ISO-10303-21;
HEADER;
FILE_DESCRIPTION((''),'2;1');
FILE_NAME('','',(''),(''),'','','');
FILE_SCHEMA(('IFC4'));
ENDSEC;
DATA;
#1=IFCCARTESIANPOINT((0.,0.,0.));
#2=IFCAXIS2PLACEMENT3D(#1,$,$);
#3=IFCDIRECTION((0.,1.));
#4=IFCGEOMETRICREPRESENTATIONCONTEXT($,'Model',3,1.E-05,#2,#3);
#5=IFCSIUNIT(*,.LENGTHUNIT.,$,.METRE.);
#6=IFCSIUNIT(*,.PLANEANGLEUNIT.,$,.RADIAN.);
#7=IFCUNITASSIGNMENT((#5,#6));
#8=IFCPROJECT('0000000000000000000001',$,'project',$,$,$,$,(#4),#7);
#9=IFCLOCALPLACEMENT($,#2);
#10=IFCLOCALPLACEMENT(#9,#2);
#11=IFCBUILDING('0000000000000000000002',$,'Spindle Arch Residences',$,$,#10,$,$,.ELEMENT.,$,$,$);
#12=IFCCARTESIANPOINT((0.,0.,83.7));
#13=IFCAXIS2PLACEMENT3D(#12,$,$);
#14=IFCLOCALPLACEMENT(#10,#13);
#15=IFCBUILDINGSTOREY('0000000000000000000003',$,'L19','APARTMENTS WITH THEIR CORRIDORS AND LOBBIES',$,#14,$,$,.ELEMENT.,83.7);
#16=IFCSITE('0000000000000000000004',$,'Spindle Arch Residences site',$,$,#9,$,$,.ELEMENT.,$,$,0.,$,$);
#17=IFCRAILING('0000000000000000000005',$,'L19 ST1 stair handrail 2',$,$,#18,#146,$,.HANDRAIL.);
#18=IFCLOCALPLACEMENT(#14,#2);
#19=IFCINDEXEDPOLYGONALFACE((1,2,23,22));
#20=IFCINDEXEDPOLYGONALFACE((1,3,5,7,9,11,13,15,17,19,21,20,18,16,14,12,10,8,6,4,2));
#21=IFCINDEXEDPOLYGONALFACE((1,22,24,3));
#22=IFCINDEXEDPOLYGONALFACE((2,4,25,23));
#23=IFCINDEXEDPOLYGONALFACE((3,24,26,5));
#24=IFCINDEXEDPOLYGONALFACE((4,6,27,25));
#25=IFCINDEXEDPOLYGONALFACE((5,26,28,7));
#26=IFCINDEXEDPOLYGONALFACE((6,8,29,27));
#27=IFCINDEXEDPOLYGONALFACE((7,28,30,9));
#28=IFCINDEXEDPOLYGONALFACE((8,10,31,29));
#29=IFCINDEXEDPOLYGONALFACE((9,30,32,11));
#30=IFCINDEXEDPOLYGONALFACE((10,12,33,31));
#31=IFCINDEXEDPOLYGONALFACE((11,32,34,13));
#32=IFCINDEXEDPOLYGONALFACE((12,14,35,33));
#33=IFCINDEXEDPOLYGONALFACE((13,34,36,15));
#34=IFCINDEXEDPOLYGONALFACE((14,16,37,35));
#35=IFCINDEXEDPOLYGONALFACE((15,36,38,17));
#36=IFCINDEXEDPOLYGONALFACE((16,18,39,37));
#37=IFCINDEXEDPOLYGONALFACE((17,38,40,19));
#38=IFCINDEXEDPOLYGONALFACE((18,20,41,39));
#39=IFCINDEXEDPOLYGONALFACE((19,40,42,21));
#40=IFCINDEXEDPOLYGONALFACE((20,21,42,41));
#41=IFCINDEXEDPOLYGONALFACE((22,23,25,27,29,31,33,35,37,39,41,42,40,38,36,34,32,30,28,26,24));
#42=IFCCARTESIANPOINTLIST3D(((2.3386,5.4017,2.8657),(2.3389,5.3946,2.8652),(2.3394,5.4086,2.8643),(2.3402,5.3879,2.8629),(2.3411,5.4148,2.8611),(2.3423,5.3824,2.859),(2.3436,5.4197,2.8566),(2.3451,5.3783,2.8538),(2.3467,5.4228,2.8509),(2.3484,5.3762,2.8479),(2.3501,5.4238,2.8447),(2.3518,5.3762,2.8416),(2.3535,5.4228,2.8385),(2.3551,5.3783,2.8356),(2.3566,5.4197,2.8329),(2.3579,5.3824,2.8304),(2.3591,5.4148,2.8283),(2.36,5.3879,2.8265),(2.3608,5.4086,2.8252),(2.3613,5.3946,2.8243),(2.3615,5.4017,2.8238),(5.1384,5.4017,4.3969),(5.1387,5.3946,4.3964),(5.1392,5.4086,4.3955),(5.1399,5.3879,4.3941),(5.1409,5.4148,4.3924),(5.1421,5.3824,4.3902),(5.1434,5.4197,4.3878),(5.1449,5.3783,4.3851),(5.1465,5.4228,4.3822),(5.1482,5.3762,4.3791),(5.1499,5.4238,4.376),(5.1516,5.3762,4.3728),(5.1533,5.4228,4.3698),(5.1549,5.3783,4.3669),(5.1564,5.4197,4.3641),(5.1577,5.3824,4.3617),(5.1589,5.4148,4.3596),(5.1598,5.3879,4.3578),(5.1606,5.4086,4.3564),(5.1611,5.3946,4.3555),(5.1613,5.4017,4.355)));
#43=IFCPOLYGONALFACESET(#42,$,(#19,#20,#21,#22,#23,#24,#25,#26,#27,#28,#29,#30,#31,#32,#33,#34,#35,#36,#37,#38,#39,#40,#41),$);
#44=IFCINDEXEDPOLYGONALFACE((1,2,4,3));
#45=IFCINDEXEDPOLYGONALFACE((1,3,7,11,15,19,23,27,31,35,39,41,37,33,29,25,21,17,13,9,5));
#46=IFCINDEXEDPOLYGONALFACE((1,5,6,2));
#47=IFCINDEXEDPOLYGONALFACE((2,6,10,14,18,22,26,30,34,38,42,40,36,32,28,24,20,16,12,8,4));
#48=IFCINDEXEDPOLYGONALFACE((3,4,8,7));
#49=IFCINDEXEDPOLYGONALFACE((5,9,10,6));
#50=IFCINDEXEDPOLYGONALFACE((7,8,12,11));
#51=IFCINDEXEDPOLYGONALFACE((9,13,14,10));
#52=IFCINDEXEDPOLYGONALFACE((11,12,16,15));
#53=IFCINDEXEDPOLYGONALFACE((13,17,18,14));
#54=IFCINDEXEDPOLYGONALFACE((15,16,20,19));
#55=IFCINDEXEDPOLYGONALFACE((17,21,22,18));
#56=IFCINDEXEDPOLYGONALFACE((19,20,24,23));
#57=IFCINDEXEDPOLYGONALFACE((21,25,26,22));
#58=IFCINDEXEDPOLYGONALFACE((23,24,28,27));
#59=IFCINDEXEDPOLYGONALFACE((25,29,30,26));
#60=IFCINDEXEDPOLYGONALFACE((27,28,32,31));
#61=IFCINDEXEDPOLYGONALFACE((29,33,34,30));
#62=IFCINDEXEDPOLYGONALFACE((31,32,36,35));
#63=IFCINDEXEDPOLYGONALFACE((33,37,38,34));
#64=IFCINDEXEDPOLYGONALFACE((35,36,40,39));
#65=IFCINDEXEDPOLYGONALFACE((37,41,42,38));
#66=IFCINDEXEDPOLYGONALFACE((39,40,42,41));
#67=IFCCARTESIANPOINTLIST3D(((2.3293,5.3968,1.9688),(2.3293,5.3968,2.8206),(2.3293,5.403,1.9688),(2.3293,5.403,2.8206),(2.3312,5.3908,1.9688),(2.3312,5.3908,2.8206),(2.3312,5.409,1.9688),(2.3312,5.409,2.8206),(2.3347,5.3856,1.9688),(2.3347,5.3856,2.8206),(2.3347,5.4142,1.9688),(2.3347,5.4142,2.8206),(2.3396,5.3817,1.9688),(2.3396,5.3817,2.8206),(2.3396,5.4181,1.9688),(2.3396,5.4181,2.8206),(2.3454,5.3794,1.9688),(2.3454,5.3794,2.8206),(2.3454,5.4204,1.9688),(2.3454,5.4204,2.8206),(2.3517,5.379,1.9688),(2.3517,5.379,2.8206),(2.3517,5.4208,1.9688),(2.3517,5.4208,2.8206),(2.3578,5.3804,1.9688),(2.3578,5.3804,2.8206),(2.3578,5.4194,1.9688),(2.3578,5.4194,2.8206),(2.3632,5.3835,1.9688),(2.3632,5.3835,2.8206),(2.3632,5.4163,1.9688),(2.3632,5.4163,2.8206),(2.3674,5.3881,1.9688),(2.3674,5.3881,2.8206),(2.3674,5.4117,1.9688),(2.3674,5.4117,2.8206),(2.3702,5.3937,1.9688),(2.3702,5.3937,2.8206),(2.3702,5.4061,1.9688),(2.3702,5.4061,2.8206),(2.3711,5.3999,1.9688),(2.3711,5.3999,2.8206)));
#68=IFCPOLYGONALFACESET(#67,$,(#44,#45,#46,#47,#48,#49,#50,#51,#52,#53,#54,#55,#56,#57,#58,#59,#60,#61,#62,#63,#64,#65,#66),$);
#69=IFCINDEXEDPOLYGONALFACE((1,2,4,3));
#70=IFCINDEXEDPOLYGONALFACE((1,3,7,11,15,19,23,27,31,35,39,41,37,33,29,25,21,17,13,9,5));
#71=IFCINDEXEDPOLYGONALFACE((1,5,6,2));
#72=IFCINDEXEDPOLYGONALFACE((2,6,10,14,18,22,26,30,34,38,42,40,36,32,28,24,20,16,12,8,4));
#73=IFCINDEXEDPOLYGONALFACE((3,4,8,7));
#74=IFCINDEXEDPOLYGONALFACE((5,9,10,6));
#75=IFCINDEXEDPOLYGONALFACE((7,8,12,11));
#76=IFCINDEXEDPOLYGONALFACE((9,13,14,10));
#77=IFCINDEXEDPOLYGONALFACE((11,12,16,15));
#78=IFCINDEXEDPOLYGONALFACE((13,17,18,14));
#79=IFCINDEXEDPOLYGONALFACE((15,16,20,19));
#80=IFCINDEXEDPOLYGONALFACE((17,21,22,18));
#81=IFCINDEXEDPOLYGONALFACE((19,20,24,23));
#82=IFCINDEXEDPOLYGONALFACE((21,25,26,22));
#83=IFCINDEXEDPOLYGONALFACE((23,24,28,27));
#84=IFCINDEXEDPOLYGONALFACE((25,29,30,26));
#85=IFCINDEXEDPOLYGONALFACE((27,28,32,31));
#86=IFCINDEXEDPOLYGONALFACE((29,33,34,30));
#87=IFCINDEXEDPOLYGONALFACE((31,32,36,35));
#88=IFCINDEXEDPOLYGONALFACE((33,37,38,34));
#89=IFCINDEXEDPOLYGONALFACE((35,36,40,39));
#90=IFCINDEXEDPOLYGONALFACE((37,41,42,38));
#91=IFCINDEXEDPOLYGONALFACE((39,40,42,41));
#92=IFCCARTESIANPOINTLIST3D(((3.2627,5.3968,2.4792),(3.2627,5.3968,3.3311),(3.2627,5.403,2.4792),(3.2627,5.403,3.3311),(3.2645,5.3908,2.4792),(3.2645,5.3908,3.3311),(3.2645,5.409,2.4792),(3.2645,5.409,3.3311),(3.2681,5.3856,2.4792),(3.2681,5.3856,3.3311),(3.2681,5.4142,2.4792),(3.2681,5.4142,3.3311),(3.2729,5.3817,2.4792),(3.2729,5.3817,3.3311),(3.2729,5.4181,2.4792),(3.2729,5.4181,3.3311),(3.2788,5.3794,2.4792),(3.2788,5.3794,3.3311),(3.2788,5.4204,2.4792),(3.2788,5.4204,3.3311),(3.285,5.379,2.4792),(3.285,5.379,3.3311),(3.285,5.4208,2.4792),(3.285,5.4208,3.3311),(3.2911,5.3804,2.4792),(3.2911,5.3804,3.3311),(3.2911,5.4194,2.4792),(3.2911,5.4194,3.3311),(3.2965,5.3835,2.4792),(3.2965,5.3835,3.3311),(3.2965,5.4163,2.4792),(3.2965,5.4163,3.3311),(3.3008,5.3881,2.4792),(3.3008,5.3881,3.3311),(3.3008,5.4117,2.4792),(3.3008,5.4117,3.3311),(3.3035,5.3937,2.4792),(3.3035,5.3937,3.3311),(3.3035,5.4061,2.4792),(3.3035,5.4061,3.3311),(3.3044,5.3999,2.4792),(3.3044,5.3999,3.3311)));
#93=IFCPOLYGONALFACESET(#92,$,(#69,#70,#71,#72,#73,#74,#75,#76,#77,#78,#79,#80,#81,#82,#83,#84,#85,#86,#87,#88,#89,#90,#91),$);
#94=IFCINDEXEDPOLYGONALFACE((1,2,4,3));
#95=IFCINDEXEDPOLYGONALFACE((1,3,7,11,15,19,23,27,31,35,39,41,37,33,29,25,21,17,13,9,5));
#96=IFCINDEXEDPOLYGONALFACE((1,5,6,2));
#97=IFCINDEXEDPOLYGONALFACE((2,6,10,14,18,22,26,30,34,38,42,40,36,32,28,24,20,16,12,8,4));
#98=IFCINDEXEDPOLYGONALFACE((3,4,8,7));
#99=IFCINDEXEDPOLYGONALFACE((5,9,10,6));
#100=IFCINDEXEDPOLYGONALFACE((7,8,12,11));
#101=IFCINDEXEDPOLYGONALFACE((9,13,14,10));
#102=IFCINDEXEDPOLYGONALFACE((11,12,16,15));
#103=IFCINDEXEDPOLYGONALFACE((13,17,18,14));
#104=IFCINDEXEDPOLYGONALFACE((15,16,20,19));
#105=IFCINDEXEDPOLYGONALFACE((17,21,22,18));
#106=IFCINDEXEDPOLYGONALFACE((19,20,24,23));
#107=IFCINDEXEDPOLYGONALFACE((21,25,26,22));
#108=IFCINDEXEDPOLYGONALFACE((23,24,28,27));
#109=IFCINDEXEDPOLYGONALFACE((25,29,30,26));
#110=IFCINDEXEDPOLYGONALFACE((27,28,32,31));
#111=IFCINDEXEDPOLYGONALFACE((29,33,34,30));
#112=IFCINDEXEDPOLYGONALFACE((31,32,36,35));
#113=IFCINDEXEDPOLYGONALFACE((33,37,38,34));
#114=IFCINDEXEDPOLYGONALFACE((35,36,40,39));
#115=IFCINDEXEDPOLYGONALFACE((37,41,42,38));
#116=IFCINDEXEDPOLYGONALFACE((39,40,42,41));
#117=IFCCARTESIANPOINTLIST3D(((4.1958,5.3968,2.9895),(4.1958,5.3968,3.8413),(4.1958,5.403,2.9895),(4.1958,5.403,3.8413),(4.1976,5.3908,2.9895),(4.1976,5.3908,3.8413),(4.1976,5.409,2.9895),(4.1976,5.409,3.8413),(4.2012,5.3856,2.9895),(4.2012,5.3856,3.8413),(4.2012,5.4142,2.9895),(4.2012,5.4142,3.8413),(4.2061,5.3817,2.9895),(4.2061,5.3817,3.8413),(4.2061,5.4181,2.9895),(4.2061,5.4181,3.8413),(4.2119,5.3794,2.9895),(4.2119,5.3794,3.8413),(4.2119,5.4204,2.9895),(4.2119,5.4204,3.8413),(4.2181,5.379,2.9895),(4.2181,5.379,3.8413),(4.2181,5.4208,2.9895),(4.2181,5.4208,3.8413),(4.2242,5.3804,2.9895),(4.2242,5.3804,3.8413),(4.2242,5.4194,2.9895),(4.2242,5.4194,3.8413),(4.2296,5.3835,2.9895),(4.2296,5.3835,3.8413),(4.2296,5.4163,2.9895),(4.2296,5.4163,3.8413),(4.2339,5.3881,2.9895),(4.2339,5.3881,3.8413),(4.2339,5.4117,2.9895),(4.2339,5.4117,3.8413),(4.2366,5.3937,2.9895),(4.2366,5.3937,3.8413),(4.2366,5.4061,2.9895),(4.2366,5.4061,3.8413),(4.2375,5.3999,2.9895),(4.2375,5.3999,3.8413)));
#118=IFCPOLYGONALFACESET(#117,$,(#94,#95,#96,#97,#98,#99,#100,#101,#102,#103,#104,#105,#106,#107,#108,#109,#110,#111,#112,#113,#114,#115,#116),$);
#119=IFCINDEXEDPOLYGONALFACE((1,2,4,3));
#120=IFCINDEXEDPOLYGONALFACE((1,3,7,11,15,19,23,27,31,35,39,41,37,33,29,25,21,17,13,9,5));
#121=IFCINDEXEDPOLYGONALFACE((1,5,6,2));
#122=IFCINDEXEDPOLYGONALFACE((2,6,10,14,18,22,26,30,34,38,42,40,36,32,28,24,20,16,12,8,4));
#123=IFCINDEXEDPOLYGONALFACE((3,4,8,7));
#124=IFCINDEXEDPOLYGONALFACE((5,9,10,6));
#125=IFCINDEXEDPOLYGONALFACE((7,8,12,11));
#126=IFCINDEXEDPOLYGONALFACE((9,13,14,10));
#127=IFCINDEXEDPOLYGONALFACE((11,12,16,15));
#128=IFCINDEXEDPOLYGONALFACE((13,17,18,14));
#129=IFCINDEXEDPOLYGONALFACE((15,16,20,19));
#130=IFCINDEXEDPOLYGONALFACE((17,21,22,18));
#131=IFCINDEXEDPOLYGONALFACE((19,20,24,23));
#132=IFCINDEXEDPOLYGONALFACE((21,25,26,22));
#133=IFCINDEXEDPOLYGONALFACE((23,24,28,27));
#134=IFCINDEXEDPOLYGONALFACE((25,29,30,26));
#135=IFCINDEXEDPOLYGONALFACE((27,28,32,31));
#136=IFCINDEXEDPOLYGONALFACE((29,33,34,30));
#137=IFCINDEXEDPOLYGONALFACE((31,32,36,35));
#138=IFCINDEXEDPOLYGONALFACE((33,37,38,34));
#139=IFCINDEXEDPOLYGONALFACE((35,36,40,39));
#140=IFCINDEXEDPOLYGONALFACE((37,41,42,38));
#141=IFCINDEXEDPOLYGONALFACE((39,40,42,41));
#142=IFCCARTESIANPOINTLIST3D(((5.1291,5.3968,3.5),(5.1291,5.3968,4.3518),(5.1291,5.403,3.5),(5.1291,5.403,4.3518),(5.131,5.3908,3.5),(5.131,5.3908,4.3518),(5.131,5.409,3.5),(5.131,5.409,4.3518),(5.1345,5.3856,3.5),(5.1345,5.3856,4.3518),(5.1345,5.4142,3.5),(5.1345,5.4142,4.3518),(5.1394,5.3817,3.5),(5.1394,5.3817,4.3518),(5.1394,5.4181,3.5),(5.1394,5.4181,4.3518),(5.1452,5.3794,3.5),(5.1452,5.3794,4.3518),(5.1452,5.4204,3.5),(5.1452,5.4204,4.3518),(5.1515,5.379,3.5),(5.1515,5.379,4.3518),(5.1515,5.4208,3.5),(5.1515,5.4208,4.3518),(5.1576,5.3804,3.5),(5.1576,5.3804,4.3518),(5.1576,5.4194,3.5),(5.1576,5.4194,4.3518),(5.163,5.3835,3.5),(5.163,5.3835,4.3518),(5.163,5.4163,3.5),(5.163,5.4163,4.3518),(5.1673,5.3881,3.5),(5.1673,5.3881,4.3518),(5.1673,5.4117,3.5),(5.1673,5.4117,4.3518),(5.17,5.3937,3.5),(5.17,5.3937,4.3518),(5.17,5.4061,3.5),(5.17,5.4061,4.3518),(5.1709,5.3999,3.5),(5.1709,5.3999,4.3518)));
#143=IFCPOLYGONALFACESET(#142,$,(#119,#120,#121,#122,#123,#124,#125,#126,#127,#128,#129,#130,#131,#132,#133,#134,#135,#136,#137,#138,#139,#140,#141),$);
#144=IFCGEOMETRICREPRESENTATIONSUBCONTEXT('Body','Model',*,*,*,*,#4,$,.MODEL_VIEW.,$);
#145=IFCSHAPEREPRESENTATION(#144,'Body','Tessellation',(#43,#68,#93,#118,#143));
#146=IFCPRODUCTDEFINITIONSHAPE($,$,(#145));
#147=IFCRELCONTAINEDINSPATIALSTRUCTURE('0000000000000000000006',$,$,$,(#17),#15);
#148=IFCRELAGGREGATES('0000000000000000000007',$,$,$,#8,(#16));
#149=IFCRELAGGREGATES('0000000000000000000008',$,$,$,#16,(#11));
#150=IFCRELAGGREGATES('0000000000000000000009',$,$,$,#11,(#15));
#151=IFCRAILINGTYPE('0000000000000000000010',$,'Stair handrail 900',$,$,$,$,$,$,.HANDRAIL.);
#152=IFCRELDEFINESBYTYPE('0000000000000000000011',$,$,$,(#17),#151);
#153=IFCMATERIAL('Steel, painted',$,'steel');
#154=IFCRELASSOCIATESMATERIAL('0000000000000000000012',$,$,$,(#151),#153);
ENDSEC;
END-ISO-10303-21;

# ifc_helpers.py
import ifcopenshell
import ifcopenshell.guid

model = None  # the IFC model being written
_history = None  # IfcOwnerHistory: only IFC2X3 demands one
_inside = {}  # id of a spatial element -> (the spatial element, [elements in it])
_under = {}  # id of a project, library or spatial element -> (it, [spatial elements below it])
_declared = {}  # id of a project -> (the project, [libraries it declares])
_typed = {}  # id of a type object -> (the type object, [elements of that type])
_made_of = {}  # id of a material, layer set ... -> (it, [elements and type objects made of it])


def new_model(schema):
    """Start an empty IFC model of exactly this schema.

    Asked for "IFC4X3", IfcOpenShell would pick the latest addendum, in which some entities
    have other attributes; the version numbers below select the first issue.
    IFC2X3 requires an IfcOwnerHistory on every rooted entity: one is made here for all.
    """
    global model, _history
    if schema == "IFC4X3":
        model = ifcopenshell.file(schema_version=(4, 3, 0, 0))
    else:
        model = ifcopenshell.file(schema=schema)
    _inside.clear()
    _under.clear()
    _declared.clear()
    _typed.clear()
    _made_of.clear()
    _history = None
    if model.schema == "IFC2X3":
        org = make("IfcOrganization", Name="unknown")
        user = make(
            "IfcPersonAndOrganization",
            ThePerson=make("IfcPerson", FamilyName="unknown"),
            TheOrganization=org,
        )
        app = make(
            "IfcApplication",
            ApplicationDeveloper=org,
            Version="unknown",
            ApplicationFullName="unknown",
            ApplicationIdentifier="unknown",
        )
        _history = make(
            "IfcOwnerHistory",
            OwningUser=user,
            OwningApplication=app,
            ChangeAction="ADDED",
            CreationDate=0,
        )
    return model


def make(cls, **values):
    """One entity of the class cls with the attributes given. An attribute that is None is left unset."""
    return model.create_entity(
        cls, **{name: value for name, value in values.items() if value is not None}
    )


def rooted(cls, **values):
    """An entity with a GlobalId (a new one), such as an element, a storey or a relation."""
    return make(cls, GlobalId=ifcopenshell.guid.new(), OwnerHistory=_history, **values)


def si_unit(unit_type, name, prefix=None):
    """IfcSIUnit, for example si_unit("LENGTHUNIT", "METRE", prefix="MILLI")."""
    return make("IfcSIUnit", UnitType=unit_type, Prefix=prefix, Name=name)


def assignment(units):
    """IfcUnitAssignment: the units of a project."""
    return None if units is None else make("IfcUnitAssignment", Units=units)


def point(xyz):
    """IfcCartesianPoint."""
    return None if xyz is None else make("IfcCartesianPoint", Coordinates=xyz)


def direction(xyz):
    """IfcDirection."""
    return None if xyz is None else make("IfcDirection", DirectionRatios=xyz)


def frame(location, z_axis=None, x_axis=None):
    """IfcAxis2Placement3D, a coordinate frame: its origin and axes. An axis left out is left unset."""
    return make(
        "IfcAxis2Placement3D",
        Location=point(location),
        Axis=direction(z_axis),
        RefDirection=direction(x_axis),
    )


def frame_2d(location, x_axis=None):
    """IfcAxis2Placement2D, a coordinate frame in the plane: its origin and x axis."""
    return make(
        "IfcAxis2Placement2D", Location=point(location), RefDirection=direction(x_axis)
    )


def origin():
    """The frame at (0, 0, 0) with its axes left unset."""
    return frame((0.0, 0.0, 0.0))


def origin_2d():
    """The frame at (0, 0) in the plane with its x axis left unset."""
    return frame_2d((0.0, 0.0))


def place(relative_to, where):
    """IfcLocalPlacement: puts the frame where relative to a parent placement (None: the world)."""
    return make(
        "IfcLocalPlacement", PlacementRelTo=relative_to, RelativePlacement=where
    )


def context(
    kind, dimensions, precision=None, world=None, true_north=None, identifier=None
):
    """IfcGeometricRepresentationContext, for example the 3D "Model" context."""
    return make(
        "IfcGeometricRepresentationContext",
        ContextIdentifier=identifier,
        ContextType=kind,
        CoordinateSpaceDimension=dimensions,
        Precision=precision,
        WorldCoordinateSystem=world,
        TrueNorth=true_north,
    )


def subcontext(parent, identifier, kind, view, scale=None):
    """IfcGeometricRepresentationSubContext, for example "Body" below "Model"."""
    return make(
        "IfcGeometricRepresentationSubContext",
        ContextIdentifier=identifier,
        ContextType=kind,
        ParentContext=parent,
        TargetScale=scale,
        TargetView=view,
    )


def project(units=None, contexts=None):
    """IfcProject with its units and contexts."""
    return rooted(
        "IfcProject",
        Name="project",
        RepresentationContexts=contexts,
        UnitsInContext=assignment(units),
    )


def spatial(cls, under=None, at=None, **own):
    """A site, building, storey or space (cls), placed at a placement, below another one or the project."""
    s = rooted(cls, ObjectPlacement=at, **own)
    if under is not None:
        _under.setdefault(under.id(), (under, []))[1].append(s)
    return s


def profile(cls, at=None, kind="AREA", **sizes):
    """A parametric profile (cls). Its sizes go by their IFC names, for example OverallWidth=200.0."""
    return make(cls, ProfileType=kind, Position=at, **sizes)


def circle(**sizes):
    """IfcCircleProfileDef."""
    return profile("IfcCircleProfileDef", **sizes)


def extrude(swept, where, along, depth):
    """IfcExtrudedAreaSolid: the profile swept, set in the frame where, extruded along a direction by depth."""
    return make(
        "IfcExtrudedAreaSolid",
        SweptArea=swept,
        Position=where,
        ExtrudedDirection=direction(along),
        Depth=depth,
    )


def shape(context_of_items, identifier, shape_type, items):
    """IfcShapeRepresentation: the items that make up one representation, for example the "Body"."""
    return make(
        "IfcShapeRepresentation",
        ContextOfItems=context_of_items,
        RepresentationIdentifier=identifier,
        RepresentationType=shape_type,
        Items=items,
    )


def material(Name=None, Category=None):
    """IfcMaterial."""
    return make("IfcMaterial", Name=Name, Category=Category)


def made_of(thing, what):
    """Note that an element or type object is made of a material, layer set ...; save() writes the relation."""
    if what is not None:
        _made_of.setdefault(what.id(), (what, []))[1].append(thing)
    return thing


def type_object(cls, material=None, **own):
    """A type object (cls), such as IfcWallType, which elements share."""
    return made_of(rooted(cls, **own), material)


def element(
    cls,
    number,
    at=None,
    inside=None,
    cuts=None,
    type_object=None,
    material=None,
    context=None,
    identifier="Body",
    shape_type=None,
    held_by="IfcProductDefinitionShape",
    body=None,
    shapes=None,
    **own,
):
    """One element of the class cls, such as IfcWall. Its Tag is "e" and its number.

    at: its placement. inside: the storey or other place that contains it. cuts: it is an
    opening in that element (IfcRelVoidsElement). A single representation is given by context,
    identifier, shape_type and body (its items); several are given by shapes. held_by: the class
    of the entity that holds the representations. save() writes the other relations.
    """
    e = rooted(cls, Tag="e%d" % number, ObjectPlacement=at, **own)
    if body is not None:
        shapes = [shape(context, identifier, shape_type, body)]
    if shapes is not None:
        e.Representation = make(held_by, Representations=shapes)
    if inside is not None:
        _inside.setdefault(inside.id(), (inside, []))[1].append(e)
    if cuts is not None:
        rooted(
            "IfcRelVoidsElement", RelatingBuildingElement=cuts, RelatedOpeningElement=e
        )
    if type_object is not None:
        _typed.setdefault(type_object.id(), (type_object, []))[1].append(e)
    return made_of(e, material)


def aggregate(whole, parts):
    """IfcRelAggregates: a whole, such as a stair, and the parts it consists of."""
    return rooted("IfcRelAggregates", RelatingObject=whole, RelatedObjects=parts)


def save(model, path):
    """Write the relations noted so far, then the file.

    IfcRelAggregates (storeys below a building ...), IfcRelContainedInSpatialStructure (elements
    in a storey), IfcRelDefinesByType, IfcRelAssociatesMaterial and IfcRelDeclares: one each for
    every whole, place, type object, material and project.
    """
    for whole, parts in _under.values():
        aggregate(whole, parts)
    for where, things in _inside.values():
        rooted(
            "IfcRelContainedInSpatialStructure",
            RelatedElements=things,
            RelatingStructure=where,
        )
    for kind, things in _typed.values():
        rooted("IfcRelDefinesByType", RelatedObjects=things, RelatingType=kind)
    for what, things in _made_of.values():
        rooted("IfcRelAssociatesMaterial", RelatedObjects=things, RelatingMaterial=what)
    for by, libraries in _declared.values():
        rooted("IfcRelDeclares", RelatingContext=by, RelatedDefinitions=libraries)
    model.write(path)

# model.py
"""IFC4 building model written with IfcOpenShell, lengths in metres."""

from ifc_helpers import new_model, si_unit, direction, frame, origin, origin_2d, place, context, subcontext, project, spatial, circle, extrude, material, type_object, element, save


model = new_model("IFC4")

# Units and contexts
model_context = context("Model", 3, precision=1e-05, world=origin(), true_north=direction((0.0, 1.0)))
body_context = subcontext(model_context, "Body", "Model", "MODEL_VIEW")
ifc_project = project(units=[si_unit("LENGTHUNIT", "METRE"), si_unit("PLANEANGLEUNIT", "RADIAN")], contexts=[model_context])

# Site, building, storey
site_placement = place(None, origin())
site = spatial("IfcSite", under=ifc_project, at=site_placement, Name="Spindle Arch Residences site", CompositionType="ELEMENT", RefElevation=0.0)
building_placement = place(site_placement, origin())
building = spatial("IfcBuilding", under=site, at=building_placement, Name="Spindle Arch Residences", CompositionType="ELEMENT")
storey_placement = place(building_placement, frame((0.0, 0.0, 83.7)))
storey = spatial("IfcBuildingStorey", under=building, at=storey_placement, Name="L19", Description="APARTMENTS WITH THEIR CORRIDORS AND LOBBIES", CompositionType="ELEMENT", Elevation=83.7)

# Railing
ifc_material_1 = material(Name="Steel, painted", Category="steel")
railing_type_1 = type_object("IfcRailingType", Name="Stair handrail 900", PredefinedType="HANDRAIL", material=ifc_material_1)
railing_1_placement = place(storey_placement, frame((2.3501, 5.3999, 1.9688)))
element("IfcRailing", 1, at=railing_1_placement, inside=storey, type_object=railing_type_1, Name="L19 ST1 stair handrail 2", PredefinedType="HANDRAIL", context=body_context, shape_type="SweptSolid", body=[
    extrude(circle(Radius=0.0239, at=origin_2d()), frame((0.0, 0.0, 0.876), z_axis=(0.877357, 0.0, 0.479838), x_axis=(0.0, 1.0, 0.0)), (0.0, 0.0, 1.0), 3.1912),
    extrude(circle(Radius=0.021, at=origin_2d()), origin(), (0.0, 0.0, 1.0), 0.8518),
    extrude(circle(Radius=0.021, at=origin_2d()), frame((0.9333, 0.0, 0.5105)), (0.0, 0.0, 1.0), 0.8518),
    extrude(circle(Radius=0.021, at=origin_2d()), frame((1.8665, 0.0, 1.0208)), (0.0, 0.0, 1.0), 0.8518),
    extrude(circle(Radius=0.021, at=origin_2d()), frame((2.7998, 0.0, 1.5312)), (0.0, 0.0, 1.0), 0.8518),
])

save(model, "model.ifc")
